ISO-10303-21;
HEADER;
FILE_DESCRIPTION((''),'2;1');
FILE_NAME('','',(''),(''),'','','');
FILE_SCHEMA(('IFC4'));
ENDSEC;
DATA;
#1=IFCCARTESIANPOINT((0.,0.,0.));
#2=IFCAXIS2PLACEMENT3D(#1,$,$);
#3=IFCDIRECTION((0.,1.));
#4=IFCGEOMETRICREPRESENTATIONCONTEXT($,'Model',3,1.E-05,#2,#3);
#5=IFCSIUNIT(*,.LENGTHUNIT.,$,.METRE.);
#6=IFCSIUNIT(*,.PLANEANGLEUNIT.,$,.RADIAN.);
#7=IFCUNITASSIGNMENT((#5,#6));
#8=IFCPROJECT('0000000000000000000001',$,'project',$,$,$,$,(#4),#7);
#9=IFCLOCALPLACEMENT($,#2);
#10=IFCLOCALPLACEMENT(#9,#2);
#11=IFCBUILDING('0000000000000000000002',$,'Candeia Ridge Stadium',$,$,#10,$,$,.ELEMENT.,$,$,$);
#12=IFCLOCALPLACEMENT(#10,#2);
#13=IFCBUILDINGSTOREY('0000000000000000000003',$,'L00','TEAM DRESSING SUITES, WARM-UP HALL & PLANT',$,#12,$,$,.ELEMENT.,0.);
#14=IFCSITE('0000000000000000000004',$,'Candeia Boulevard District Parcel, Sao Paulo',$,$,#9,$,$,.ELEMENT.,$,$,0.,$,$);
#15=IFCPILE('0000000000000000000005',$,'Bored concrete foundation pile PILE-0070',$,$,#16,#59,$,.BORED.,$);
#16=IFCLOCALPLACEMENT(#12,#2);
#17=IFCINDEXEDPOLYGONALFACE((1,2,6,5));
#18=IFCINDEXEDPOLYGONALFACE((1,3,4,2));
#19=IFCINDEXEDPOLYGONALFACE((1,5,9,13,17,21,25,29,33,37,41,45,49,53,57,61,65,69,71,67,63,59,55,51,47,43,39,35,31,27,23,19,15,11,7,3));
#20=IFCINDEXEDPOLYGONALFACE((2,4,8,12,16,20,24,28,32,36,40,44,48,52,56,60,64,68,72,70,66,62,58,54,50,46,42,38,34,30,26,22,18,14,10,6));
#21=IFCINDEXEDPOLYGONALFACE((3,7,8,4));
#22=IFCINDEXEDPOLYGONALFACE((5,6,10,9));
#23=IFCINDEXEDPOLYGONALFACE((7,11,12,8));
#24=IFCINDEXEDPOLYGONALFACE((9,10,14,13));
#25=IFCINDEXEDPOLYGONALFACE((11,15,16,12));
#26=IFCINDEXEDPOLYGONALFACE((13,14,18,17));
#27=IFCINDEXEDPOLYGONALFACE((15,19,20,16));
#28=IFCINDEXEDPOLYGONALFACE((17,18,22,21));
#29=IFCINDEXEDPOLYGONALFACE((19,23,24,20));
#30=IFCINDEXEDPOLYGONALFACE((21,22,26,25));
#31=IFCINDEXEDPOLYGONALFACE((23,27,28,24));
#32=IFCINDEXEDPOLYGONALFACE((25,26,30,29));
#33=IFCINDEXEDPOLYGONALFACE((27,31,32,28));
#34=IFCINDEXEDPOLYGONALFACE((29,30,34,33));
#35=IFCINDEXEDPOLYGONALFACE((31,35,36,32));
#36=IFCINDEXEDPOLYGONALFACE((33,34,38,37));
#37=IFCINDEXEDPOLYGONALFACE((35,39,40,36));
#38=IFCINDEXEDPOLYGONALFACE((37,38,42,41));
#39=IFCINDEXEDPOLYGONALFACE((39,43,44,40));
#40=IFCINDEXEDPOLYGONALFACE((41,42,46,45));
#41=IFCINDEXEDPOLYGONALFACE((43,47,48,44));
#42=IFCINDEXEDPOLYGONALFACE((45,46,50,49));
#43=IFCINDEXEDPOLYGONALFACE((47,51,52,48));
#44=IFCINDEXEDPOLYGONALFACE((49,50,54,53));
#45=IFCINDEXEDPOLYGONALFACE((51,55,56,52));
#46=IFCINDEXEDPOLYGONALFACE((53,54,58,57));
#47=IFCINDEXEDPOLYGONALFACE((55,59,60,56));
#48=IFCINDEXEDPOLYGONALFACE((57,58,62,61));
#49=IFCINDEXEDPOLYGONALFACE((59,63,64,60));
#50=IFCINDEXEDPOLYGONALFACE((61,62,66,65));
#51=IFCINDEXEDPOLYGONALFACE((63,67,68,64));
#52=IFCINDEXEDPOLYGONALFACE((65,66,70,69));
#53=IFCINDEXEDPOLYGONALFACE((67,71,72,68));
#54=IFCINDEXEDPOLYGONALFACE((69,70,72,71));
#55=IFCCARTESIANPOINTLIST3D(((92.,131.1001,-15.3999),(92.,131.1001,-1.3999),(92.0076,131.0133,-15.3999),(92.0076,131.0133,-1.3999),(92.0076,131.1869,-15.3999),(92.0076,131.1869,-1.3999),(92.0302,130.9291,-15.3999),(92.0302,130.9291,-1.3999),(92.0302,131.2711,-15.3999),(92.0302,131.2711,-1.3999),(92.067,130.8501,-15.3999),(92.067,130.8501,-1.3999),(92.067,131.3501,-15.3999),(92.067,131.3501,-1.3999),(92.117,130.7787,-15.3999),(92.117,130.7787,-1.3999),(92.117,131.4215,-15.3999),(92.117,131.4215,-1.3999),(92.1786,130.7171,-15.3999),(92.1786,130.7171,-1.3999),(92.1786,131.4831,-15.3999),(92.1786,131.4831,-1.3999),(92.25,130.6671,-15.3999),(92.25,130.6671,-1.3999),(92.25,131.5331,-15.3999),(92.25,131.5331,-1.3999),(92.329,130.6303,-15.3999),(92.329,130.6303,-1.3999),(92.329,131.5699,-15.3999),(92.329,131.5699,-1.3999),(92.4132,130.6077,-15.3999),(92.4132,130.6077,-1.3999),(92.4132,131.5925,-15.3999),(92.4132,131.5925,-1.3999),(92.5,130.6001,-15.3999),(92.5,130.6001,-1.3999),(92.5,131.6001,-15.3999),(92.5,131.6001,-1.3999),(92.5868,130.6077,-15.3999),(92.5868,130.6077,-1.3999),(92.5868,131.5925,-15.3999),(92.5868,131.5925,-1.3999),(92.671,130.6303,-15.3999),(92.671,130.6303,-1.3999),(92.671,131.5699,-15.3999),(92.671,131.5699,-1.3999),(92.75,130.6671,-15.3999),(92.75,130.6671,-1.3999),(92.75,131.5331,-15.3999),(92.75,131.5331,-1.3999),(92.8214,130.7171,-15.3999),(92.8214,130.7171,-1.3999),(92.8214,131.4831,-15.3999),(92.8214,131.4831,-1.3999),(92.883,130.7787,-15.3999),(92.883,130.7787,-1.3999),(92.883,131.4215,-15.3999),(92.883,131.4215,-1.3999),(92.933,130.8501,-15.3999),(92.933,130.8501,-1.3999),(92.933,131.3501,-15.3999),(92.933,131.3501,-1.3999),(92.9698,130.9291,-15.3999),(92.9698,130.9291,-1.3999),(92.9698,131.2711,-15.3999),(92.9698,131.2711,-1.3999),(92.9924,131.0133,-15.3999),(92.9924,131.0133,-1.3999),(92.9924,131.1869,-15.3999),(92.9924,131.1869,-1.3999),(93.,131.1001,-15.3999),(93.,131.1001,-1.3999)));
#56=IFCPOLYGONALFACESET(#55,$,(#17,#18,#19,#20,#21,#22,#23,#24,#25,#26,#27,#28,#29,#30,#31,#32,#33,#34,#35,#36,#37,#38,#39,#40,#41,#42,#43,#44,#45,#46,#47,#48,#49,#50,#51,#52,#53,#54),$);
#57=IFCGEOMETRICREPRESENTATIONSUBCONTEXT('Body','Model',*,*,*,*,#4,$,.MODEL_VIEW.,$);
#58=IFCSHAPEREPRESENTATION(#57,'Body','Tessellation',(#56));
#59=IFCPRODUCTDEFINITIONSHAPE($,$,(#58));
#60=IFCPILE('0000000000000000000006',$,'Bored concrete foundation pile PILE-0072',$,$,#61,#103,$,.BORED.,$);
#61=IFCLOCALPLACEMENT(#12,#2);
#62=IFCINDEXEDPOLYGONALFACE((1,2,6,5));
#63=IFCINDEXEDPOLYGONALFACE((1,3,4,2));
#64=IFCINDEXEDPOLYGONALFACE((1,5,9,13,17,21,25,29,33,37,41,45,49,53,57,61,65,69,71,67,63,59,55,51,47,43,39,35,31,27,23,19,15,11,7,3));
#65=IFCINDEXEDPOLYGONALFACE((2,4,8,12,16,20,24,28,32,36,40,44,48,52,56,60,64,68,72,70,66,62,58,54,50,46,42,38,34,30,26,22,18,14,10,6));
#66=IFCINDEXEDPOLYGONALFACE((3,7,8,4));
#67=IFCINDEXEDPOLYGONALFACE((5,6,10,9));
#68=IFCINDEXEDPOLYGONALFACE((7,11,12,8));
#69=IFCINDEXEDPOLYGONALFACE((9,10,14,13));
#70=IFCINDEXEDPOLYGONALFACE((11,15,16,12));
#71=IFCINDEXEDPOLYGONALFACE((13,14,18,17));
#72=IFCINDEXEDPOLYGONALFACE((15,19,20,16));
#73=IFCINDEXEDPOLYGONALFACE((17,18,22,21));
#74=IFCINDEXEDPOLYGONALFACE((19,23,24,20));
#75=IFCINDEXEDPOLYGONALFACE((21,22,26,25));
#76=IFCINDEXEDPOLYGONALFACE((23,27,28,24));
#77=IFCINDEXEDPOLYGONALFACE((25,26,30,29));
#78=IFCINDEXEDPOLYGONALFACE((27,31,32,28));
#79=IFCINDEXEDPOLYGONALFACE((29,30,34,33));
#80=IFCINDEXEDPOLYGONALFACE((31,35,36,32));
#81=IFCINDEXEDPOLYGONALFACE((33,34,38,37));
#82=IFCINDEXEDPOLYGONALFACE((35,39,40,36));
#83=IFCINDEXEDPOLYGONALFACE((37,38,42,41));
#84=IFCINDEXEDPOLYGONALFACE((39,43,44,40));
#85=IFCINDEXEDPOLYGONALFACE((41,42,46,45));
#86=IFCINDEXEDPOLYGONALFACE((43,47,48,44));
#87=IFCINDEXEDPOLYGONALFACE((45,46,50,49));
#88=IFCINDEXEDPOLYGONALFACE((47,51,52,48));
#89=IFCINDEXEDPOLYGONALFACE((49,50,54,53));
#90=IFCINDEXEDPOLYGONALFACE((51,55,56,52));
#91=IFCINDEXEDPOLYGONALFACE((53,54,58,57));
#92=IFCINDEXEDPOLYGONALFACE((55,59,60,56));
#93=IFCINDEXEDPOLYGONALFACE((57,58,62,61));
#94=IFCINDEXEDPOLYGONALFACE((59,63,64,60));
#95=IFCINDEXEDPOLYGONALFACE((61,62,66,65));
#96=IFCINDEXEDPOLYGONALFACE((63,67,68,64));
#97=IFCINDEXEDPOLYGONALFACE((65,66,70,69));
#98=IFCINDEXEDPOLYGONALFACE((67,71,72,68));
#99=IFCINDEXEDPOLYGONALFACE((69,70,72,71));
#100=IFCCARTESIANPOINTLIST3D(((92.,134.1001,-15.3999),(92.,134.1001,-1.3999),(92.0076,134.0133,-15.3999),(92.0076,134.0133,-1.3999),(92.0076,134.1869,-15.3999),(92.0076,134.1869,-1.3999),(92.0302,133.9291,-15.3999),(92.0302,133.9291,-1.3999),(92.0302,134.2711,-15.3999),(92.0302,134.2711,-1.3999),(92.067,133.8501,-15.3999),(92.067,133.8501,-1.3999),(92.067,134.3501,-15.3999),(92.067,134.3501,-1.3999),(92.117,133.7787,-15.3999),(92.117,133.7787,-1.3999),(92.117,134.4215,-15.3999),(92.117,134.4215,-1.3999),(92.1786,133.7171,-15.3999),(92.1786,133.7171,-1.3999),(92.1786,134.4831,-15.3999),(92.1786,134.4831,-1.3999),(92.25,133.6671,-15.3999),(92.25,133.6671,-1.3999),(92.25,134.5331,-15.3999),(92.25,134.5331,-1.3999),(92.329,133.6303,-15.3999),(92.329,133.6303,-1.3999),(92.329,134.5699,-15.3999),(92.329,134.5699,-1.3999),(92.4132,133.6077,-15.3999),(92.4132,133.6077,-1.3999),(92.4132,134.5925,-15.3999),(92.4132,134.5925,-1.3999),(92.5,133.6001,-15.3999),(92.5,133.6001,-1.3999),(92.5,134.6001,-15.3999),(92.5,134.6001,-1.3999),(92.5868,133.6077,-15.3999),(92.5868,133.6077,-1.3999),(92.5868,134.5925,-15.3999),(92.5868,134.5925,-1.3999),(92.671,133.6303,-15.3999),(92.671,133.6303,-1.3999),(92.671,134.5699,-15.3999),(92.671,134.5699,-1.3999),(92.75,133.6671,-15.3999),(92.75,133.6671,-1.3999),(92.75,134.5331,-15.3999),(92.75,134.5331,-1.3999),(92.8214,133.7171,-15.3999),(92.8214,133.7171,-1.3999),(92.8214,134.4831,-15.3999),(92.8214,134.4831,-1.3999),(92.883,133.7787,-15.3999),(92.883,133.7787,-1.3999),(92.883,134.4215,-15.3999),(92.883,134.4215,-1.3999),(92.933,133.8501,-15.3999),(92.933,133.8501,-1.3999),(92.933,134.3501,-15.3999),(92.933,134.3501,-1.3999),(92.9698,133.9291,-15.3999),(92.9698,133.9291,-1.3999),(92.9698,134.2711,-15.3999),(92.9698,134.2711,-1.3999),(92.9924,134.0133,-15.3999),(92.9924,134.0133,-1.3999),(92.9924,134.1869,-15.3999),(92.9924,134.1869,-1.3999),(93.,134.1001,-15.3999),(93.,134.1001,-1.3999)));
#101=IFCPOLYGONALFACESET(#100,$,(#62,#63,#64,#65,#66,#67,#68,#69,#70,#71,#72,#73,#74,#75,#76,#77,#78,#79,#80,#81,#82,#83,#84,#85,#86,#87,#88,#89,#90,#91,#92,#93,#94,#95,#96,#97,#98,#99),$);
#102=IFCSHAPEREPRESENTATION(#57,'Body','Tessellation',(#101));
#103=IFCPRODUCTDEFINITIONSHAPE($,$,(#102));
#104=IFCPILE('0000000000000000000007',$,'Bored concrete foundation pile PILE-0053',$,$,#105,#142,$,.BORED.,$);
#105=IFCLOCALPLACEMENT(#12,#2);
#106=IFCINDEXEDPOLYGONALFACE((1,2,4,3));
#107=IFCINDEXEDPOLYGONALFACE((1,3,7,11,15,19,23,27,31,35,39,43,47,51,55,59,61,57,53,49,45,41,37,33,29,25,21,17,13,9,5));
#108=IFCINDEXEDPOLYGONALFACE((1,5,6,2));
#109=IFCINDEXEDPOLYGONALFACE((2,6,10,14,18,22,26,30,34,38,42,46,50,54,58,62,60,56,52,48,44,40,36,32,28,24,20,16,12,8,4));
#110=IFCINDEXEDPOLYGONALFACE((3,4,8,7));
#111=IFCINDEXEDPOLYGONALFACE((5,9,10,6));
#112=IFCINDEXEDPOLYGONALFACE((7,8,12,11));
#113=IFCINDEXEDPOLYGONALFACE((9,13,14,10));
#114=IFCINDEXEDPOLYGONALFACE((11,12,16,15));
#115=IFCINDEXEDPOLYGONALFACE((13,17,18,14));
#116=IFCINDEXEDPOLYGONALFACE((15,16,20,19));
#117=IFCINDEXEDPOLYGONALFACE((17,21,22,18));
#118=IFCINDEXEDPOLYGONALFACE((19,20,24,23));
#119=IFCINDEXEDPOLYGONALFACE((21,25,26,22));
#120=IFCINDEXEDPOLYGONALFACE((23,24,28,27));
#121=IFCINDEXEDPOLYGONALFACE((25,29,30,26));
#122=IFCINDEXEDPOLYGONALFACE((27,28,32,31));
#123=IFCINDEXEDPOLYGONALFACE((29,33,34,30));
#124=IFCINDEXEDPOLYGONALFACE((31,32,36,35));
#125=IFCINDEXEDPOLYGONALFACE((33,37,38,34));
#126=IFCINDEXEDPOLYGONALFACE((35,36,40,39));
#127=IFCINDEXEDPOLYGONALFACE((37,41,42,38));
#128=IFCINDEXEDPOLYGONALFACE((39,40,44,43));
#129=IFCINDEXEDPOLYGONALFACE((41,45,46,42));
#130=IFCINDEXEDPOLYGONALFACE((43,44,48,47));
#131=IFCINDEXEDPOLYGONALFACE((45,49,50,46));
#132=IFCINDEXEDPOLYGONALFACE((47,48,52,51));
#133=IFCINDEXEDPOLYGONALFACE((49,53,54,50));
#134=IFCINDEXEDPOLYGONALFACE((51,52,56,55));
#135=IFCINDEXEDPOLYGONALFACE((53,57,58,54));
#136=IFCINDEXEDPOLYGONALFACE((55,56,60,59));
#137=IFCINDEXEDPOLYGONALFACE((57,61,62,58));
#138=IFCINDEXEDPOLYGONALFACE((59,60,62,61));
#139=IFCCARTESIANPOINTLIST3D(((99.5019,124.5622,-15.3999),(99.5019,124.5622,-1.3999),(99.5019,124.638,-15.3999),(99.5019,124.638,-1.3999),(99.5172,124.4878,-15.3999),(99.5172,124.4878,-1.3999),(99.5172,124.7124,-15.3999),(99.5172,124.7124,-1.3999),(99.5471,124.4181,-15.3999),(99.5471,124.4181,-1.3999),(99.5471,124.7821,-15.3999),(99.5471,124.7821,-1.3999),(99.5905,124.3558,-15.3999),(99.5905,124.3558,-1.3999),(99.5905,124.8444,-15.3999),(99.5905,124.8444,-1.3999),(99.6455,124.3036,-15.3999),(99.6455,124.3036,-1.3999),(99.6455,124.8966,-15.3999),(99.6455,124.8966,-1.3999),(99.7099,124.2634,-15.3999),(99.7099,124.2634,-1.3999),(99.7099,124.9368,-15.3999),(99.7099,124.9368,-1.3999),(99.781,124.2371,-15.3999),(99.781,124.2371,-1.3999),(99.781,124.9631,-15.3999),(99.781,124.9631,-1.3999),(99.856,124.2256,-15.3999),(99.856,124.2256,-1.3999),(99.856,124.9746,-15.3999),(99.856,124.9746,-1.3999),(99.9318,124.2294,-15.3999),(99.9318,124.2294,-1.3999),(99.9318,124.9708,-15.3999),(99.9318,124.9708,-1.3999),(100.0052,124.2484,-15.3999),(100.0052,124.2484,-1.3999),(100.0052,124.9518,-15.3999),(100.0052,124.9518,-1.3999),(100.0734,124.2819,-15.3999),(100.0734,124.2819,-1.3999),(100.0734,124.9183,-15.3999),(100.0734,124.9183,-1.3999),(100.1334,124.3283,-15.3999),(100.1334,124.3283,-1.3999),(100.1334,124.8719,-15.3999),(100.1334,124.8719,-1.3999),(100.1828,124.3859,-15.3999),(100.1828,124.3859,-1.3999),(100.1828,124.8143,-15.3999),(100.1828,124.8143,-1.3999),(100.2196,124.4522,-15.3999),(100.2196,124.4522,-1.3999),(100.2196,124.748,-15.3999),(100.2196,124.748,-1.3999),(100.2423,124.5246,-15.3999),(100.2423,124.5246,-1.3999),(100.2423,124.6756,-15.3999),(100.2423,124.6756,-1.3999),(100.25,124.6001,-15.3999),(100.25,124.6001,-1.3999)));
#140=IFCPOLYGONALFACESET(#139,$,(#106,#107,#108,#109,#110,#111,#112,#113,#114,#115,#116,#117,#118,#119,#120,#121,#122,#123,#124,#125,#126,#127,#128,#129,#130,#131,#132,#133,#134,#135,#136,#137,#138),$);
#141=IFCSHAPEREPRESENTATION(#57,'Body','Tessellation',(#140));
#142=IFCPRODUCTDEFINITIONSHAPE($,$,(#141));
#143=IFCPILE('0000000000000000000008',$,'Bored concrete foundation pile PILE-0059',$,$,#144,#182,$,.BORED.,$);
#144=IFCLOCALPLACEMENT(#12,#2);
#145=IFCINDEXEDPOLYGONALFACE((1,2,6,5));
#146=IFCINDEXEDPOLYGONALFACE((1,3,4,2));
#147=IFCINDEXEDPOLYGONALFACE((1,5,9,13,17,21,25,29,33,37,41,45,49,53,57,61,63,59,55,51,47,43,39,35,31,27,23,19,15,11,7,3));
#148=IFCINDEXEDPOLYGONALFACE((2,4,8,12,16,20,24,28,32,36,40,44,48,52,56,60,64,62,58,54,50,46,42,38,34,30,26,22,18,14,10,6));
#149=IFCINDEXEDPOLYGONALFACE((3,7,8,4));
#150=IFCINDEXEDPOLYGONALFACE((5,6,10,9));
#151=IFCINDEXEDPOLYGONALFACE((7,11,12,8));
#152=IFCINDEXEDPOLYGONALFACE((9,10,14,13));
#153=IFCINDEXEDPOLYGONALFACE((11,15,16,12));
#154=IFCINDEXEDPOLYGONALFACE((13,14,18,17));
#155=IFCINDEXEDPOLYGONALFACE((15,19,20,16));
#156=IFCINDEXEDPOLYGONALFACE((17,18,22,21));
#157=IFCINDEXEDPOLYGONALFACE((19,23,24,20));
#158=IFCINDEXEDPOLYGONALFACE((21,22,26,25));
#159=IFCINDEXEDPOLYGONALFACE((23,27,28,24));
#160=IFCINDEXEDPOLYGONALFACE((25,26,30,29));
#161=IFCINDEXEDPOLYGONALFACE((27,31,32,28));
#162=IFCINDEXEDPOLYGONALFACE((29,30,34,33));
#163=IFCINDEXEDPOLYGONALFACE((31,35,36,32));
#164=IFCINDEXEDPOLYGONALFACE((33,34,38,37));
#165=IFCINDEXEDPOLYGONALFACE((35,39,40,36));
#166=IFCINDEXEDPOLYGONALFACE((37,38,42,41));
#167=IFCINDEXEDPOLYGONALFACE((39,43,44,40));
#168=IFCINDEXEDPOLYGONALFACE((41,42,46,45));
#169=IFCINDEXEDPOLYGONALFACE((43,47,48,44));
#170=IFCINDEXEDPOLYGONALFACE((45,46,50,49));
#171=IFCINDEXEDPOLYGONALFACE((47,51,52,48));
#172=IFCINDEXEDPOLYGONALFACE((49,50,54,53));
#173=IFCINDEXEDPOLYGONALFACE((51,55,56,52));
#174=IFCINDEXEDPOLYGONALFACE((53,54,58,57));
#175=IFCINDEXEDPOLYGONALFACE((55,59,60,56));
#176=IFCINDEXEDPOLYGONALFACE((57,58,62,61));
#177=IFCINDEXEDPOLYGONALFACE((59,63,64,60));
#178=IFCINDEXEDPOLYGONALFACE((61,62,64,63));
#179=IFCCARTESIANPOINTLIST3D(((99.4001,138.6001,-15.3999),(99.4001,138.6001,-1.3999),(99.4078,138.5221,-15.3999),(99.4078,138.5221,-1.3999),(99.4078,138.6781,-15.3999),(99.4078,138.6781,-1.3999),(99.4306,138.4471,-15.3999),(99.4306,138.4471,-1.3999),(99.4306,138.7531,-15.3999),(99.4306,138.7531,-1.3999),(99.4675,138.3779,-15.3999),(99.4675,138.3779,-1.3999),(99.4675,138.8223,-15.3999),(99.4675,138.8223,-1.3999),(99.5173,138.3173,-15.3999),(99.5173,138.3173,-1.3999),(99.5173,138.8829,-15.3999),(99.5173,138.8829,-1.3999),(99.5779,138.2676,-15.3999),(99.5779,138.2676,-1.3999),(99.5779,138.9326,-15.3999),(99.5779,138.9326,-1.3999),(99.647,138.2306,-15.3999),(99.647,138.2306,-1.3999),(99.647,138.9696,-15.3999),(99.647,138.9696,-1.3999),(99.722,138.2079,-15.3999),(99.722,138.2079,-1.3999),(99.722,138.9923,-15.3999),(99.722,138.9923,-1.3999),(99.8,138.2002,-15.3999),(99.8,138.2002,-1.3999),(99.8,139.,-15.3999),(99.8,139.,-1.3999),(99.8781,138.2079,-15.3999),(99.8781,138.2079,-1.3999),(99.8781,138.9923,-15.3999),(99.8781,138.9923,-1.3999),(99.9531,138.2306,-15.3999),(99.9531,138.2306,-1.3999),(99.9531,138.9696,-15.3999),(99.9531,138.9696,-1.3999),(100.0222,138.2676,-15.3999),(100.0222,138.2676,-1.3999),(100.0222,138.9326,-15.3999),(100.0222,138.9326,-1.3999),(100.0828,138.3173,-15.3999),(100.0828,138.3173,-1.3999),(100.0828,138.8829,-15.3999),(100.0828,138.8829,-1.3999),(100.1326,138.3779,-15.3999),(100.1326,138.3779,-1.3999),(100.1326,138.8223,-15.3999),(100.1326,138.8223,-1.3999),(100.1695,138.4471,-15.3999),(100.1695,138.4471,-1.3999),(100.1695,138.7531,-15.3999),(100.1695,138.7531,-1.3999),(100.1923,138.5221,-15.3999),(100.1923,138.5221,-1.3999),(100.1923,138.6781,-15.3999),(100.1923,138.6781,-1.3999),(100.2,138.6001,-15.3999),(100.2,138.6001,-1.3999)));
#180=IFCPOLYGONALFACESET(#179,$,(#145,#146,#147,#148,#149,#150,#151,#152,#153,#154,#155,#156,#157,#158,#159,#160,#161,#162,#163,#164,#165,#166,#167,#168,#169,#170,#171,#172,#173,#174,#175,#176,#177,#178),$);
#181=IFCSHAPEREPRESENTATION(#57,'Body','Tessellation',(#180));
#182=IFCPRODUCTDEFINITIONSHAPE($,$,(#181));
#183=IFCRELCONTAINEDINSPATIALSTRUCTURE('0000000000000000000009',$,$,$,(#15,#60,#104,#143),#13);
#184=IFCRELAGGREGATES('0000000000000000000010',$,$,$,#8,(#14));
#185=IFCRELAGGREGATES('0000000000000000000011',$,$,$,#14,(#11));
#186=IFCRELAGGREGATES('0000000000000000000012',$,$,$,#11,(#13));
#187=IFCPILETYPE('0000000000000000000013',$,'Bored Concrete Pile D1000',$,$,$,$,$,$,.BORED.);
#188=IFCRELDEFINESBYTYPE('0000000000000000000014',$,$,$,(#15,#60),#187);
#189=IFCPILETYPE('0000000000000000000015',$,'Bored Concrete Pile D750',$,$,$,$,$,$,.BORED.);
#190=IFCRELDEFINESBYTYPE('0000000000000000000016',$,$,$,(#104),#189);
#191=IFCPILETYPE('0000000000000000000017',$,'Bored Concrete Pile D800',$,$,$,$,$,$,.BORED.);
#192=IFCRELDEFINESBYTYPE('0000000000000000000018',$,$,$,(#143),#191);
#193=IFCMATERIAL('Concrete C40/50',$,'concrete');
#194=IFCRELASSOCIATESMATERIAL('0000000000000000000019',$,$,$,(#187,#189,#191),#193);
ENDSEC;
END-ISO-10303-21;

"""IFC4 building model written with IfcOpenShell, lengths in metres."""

from ifc_helpers import new_model, si_unit, direction, frame, origin, origin_2d, place, context, subcontext, project, spatial, circle, extrude, material, material_profile, profile_set, type_object, element, save


model = new_model("IFC4")

# Units and contexts
model_context = context("Model", 3, precision=1e-05, world=origin(), true_north=direction((0.0, 1.0)))
body_context = subcontext(model_context, "Body", "Model", "MODEL_VIEW")
ifc_project = project(units=[si_unit("LENGTHUNIT", "METRE"), si_unit("PLANEANGLEUNIT", "RADIAN")], contexts=[model_context])

# Site, building, storey
site_placement = place(None, origin())
site = spatial("IfcSite", under=ifc_project, at=site_placement, Name="Candeia Boulevard District Parcel, Sao Paulo", CompositionType="ELEMENT", RefElevation=0.0)
building_placement = place(site_placement, origin())
building = spatial("IfcBuilding", under=site, at=building_placement, Name="Candeia Ridge Stadium", CompositionType="ELEMENT")
storey_placement = place(building_placement, origin())
storey = spatial("IfcBuildingStorey", under=building, at=storey_placement, Name="L00", Description="TEAM DRESSING SUITES, WARM-UP HALL & PLANT", CompositionType="ELEMENT", Elevation=0.0)

# Piles
ifc_material_1 = material(Name="Concrete C40/50", Category="concrete")
ifc_material_profile_1 = material_profile(ifc_material_1, circle(Radius=0.5, at=origin_2d()), Name="PILE-D1000", Category="concrete")
ifc_profile_set_1 = profile_set([ifc_material_profile_1], Name="Concrete C40/50")
pile_type_1 = type_object("IfcPileType", Name="Bored Concrete Pile D1000", PredefinedType="BORED", material=ifc_profile_set_1)
for number, where, z_axis, x_axis, name in (
    (1, (92.5, 131.1001, -1.3999), (0.0, 0.0, -1.0), (1.0, 0.0, 0.0), "Bored concrete foundation pile PILE-0070"),
    (2, (92.5, 134.1001, -1.3999), (0.0, 0.0, -1.0), (1.0, 0.0, 0.0), "Bored concrete foundation pile PILE-0072"),
):
    element("IfcPile", number, at=place(storey_placement, frame(where, z_axis=z_axis, x_axis=x_axis)), inside=storey, type_object=pile_type_1, Name=name, PredefinedType="BORED", context=body_context, shape_type="SweptSolid", body=[
        extrude(circle(Radius=0.5, at=origin_2d()), origin(), (0.0, 0.0, 1.0), 14.0),
    ])
ifc_material_profile_2 = material_profile(ifc_material_1, circle(Radius=0.375, at=origin_2d()), Name="PILE-D750", Category="concrete")
ifc_profile_set_2 = profile_set([ifc_material_profile_2], Name="Concrete C40/50")
pile_type_2 = type_object("IfcPileType", Name="Bored Concrete Pile D750", PredefinedType="BORED", material=ifc_profile_set_2)
pile_1_placement = place(storey_placement, frame((99.875, 124.6001, -1.3999), z_axis=(0.0, 0.0, -1.0), x_axis=(1.0, 0.0, 0.0)))
element("IfcPile", 3, at=pile_1_placement, inside=storey, type_object=pile_type_2, Name="Bored concrete foundation pile PILE-0053", PredefinedType="BORED", context=body_context, shape_type="SweptSolid", body=[
    extrude(circle(Radius=0.375, at=origin_2d()), origin(), (0.0, 0.0, 1.0), 14.0),
])
ifc_material_profile_3 = material_profile(ifc_material_1, circle(Radius=0.3999, at=origin_2d()), Name="PILE-D800", Category="concrete")
ifc_profile_set_3 = profile_set([ifc_material_profile_3], Name="Concrete C40/50")
pile_type_3 = type_object("IfcPileType", Name="Bored Concrete Pile D800", PredefinedType="BORED", material=ifc_profile_set_3)
pile_2_placement = place(storey_placement, frame((99.8, 138.6001, -1.3999), z_axis=(0.0, 0.0, -1.0), x_axis=(1.0, 0.0, 0.0)))
element("IfcPile", 4, at=pile_2_placement, inside=storey, type_object=pile_type_3, Name="Bored concrete foundation pile PILE-0059", PredefinedType="BORED", context=body_context, shape_type="SweptSolid", body=[
    extrude(circle(Radius=0.3999, at=origin_2d()), origin(), (0.0, 0.0, 1.0), 14.0),
])

save(model, "model.ifc")
